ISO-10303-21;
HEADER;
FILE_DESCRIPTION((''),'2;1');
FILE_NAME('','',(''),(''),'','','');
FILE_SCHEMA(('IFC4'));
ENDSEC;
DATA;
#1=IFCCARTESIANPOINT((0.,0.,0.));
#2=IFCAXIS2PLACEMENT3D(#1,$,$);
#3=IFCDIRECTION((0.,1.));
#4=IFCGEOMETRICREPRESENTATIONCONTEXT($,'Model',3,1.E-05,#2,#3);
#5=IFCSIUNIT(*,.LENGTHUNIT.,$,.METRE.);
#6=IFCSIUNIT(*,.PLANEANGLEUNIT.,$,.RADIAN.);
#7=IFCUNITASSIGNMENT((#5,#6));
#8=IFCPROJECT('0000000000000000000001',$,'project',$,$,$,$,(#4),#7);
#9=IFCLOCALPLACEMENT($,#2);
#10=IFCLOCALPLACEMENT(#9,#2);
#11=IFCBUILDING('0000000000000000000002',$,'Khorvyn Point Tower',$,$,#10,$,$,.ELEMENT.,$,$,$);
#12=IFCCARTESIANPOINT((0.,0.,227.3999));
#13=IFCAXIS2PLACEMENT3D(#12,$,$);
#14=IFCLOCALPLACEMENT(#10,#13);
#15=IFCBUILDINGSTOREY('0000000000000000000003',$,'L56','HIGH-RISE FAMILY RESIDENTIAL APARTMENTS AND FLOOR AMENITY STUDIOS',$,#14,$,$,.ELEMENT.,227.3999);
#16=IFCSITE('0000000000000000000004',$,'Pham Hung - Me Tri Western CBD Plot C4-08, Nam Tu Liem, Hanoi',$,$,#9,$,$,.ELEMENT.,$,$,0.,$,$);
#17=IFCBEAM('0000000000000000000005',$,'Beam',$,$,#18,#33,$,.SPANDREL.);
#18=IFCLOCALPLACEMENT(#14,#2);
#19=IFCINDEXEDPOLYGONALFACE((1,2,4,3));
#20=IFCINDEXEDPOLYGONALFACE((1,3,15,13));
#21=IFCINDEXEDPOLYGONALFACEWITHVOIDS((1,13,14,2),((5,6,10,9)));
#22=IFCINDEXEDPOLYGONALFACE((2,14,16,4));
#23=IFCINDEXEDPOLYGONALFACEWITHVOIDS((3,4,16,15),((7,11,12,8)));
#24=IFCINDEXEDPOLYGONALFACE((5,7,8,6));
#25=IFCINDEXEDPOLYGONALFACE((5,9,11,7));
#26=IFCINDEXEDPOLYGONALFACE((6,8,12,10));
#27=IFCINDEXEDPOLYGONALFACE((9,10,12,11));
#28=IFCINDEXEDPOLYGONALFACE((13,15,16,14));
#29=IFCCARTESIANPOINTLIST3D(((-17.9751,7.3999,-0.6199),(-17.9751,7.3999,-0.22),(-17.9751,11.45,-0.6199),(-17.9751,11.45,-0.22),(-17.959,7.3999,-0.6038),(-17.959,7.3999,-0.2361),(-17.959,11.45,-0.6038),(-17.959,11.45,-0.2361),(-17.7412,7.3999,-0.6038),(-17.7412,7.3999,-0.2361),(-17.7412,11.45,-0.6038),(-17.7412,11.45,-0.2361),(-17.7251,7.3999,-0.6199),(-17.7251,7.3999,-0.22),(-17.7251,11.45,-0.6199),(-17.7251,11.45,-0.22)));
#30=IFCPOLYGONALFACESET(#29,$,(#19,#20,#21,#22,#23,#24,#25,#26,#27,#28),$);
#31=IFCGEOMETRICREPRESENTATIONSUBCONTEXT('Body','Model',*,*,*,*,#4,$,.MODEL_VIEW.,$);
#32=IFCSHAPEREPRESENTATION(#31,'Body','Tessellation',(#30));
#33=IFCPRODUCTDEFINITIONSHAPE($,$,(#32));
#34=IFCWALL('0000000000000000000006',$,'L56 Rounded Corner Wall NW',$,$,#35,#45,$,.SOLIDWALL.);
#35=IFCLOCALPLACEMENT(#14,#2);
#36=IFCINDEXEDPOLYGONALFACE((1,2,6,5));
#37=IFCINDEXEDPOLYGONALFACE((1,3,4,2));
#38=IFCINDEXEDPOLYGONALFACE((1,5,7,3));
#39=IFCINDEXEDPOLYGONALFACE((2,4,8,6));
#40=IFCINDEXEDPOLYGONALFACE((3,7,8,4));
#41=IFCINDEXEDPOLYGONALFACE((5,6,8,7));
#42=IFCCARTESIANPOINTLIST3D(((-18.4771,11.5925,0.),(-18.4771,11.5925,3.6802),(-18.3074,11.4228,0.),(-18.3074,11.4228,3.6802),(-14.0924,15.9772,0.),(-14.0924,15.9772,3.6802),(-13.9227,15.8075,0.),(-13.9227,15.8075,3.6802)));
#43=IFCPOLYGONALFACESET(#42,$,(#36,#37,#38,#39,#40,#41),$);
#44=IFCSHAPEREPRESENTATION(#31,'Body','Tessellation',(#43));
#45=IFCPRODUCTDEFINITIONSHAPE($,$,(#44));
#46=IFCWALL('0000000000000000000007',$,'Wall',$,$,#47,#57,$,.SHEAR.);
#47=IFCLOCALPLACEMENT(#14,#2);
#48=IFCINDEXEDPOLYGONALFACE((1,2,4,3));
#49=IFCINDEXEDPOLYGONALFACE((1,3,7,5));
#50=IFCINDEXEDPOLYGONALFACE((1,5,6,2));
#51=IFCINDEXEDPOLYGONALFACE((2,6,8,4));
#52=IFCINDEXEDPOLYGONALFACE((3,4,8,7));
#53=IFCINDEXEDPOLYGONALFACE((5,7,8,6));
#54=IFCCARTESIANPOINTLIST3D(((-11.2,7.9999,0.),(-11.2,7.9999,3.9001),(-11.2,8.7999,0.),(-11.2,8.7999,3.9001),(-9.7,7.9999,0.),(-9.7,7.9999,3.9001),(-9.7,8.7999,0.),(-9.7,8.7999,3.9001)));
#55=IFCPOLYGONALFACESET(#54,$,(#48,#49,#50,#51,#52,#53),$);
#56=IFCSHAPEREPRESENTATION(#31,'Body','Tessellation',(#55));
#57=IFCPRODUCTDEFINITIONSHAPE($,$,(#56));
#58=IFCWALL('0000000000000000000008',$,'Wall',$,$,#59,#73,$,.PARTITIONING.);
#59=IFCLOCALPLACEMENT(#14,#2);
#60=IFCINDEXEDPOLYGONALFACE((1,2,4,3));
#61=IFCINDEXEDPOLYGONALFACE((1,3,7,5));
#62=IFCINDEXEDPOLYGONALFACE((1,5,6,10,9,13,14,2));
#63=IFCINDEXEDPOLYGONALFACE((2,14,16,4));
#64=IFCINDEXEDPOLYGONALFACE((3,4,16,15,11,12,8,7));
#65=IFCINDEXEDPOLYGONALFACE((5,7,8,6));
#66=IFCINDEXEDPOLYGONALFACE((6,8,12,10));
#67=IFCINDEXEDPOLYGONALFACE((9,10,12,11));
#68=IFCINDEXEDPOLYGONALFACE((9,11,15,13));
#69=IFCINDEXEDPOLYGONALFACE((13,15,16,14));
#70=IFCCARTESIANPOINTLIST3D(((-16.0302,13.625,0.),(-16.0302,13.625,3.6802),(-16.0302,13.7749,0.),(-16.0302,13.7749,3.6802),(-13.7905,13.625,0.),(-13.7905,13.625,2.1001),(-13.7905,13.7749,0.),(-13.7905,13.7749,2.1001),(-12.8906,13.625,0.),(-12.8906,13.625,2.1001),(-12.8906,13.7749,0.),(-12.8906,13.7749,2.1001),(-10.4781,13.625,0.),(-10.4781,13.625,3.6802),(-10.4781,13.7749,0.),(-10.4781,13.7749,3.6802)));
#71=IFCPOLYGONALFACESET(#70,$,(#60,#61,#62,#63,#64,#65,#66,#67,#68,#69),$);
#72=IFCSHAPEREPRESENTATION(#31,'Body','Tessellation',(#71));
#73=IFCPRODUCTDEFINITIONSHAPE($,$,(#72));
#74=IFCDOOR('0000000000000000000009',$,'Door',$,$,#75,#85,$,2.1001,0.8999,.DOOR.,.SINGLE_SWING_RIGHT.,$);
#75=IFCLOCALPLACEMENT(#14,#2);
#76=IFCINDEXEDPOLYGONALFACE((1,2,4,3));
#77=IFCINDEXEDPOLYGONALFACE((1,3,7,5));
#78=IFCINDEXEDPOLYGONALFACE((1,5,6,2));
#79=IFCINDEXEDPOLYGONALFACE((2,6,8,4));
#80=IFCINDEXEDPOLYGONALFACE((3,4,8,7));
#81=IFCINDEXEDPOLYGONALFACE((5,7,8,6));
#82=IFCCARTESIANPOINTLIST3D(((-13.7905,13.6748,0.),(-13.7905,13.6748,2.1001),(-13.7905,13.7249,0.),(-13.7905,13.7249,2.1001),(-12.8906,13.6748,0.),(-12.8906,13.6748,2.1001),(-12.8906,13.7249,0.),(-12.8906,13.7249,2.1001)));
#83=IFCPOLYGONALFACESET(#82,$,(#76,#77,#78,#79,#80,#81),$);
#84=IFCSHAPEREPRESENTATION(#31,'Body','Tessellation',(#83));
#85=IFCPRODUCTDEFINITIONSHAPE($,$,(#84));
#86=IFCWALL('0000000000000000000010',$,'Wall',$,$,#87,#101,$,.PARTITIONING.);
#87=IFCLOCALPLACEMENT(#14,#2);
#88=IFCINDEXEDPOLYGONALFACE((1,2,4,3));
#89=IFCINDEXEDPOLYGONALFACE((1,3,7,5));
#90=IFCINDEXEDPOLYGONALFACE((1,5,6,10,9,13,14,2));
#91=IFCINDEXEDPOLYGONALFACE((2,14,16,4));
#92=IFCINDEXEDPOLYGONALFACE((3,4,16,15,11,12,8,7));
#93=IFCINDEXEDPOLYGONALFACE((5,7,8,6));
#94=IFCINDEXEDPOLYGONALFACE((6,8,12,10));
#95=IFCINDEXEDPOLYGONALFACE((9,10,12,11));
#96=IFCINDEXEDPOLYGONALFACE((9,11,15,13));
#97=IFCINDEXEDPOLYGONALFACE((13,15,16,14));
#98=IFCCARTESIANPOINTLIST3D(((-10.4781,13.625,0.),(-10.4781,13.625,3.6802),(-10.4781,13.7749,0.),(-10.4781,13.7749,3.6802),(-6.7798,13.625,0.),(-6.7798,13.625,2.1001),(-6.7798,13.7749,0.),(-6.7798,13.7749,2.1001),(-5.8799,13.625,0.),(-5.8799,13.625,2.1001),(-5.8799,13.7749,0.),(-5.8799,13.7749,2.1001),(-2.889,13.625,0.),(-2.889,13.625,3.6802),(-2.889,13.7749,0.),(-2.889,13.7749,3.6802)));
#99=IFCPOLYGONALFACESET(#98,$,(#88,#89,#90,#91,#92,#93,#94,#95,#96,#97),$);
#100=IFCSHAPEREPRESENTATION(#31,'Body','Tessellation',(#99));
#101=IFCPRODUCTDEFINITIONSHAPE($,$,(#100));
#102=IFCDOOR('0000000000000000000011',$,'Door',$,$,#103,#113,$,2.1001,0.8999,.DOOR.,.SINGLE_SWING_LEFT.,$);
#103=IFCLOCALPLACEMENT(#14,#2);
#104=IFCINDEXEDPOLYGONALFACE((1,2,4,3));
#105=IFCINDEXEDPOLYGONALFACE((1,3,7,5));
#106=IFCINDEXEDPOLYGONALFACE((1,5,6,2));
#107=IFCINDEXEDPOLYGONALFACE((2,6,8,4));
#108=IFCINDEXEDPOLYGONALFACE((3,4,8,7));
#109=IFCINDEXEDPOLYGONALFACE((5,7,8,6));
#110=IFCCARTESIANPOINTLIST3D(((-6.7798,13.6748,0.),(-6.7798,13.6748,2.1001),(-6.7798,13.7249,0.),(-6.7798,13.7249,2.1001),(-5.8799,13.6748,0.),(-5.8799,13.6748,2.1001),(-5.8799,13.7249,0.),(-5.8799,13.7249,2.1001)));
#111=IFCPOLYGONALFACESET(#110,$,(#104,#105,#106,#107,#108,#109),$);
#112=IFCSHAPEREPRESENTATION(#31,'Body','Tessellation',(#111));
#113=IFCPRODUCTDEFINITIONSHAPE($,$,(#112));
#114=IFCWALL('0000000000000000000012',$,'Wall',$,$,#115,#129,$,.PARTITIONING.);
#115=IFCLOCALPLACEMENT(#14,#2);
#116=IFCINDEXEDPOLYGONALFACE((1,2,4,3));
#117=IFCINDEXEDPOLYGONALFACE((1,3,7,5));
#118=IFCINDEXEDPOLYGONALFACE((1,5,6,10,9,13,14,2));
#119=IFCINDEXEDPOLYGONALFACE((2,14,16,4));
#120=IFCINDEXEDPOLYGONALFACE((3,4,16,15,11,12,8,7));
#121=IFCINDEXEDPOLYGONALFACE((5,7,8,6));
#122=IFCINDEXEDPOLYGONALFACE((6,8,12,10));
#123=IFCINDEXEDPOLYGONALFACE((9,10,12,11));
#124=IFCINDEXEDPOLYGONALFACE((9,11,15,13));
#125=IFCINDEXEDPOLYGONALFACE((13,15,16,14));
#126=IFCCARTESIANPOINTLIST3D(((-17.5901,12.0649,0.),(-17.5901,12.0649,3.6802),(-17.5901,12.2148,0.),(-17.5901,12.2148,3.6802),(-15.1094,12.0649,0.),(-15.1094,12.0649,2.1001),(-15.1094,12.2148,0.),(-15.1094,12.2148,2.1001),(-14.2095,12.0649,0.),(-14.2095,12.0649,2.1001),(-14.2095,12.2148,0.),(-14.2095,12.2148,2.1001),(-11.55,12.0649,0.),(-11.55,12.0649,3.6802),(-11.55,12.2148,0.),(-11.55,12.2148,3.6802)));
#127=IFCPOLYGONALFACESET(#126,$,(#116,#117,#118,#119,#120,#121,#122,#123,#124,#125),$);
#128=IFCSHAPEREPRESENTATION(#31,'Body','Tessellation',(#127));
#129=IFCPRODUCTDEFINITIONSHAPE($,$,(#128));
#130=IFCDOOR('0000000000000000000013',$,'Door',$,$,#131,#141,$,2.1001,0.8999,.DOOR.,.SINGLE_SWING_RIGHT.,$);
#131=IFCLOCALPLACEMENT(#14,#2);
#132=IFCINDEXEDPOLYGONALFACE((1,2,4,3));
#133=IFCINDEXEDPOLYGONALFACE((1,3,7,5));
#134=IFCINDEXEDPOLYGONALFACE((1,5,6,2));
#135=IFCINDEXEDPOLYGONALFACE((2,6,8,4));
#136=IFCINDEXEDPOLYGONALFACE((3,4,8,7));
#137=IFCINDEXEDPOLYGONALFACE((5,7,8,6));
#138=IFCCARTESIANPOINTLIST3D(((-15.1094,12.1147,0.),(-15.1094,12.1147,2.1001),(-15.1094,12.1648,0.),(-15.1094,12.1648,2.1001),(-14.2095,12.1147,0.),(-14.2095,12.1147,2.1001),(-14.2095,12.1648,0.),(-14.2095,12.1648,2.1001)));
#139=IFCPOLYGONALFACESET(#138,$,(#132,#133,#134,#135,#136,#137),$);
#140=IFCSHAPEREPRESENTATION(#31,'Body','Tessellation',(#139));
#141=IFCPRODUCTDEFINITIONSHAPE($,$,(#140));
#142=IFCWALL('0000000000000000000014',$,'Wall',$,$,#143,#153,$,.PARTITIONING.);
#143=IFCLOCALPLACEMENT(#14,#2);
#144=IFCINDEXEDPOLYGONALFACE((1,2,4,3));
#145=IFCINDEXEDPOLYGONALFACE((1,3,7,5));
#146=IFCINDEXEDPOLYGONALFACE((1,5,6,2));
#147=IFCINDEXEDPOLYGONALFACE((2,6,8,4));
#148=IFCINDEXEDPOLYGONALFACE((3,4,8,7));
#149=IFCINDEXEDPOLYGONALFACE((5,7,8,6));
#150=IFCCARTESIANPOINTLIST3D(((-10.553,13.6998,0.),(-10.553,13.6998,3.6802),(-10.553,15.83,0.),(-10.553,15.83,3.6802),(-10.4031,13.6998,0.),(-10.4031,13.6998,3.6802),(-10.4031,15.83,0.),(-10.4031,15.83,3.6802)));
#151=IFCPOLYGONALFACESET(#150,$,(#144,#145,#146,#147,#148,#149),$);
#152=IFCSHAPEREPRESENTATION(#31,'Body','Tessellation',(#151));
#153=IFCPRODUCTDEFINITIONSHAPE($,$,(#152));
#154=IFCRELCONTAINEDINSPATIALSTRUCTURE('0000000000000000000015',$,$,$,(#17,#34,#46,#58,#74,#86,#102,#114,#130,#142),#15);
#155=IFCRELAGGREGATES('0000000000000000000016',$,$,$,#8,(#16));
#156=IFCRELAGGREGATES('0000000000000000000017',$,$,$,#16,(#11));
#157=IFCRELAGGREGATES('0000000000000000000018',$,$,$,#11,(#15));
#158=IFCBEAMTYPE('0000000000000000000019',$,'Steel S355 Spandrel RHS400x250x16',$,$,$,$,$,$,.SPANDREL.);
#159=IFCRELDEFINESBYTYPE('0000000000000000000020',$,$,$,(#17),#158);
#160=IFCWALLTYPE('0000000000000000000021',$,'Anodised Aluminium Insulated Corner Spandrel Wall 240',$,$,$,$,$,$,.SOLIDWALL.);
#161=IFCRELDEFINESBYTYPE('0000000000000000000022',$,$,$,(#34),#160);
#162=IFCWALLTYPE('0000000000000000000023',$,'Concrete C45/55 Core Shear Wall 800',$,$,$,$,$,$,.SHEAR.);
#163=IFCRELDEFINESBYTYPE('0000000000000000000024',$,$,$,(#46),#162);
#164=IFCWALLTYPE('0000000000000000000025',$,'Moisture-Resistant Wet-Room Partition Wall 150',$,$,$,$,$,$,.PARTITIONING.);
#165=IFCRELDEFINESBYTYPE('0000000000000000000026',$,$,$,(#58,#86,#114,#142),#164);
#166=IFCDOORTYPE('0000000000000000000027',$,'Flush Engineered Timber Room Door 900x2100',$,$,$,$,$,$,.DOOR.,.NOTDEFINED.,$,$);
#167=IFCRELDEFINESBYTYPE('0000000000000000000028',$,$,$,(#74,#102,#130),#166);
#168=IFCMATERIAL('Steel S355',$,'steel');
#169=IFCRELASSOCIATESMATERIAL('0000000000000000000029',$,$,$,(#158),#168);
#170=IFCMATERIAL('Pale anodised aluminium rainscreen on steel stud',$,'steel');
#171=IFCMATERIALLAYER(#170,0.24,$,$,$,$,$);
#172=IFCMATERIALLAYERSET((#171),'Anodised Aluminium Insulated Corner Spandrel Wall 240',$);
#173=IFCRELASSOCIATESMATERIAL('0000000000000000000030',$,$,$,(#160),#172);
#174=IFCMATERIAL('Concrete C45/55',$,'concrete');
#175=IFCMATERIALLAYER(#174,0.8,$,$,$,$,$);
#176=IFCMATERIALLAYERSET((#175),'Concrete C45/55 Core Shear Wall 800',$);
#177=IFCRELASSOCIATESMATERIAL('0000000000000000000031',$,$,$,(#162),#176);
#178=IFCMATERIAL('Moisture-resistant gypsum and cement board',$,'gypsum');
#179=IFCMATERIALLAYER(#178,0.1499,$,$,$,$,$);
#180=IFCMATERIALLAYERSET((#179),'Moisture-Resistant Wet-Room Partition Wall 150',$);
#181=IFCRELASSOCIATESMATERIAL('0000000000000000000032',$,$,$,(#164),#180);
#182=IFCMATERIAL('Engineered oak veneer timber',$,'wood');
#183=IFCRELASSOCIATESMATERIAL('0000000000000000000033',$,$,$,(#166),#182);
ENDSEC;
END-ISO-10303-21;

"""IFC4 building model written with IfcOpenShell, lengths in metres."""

from ifc_helpers import new_model, si_unit, direction, frame, frame_2d, origin, origin_2d, place, context, subcontext, project, spatial, rectangle, hollow_rectangle, extrude, material, layer, layer_set, material_profile, profile_set, type_object, element, fill, save


model = new_model("IFC4")

# Units and contexts
model_context = context("Model", 3, precision=1e-05, world=origin(), true_north=direction((0.0, 1.0)))
body_context = subcontext(model_context, "Body", "Model", "MODEL_VIEW")
ifc_project = project(units=[si_unit("LENGTHUNIT", "METRE"), si_unit("PLANEANGLEUNIT", "RADIAN")], contexts=[model_context])

# Site, building, storey
site_placement = place(None, origin())
site = spatial("IfcSite", under=ifc_project, at=site_placement, Name="Pham Hung - Me Tri Western CBD Plot C4-08, Nam Tu Liem, Hanoi", CompositionType="ELEMENT", RefElevation=0.0)
building_placement = place(site_placement, origin())
building = spatial("IfcBuilding", under=site, at=building_placement, Name="Khorvyn Point Tower", CompositionType="ELEMENT")
storey_placement = place(building_placement, frame((0.0, 0.0, 227.3999)))
storey = spatial("IfcBuildingStorey", under=building, at=storey_placement, Name="L56", Description="HIGH-RISE FAMILY RESIDENTIAL APARTMENTS AND FLOOR AMENITY STUDIOS", CompositionType="ELEMENT", Elevation=227.3999)

# Shared definitions
ifc_material_1 = material(Name="Concrete C45/55", Category="concrete")

# Beam
ifc_material_2 = material(Name="Steel S355", Category="steel")
ifc_material_profile_1 = material_profile(ifc_material_2, hollow_rectangle(XDim=0.25, YDim=0.3999, WallThickness=0.0161, at=origin_2d()))
ifc_profile_set_1 = profile_set([ifc_material_profile_1], Name="Steel S355 RHS400x250x16")
beam_type_1 = type_object("IfcBeamType", Name="Steel S355 Spandrel RHS400x250x16", PredefinedType="SPANDREL", material=ifc_profile_set_1)
beam_1_placement = place(storey_placement, frame((-17.8501, 7.3999, -0.4199), z_axis=(0.0, 1.0, 0.0), x_axis=(-1.0, 0.0, 0.0)))
element("IfcBeam", 1, at=beam_1_placement, inside=storey, type_object=beam_type_1, Name="Beam", PredefinedType="SPANDREL", context=body_context, shape_type="SweptSolid", body=[
    extrude(hollow_rectangle(XDim=0.25, YDim=0.3999, WallThickness=0.0161, at=origin_2d()), origin(), (0.0, 0.0, 1.0), 4.05),
])

# Walls
ifc_material_3 = material(Name="Pale anodised aluminium rainscreen on steel stud", Category="steel")
ifc_layer_1 = layer(ifc_material_3, 0.24)
ifc_layer_set_1 = layer_set([ifc_layer_1], Name="Anodised Aluminium Insulated Corner Spandrel Wall 240")
wall_type_1 = type_object("IfcWallType", Name="Anodised Aluminium Insulated Corner Spandrel Wall 240", PredefinedType="SOLIDWALL", material=ifc_layer_set_1)
wall_1_placement = place(storey_placement, frame((-18.3923, 11.5076, 0.0), z_axis=(0.0, 0.0, 1.0), x_axis=(0.707107, 0.707107, 0.0)))
element("IfcWall", 2, at=wall_1_placement, inside=storey, type_object=wall_type_1, Name="L56 Rounded Corner Wall NW", PredefinedType="SOLIDWALL", context=body_context, shape_type="SweptSolid", body=[
    extrude(rectangle(XDim=6.2009, YDim=0.24, at=frame_2d((3.1006, 0.0))), origin(), (0.0, 0.0, 1.0), 3.6802),
])
ifc_layer_2 = layer(ifc_material_1, 0.8)
ifc_layer_set_2 = layer_set([ifc_layer_2], Name="Concrete C45/55 Core Shear Wall 800")
wall_type_2 = type_object("IfcWallType", Name="Concrete C45/55 Core Shear Wall 800", PredefinedType="SHEAR", material=ifc_layer_set_2)
wall_2_placement = place(storey_placement, frame((-11.2, 8.3999, 0.0), z_axis=(0.0, 0.0, 1.0), x_axis=(1.0, 0.0, 0.0)))
element("IfcWall", 3, at=wall_2_placement, inside=storey, type_object=wall_type_2, Name="Wall", PredefinedType="SHEAR", context=body_context, shape_type="SweptSolid", body=[
    extrude(rectangle(XDim=1.5, YDim=0.8, at=frame_2d((0.75, 0.0))), origin(), (0.0, 0.0, 1.0), 3.9001),
])

# Walls, openings, doors
ifc_material_4 = material(Name="Moisture-resistant gypsum and cement board", Category="gypsum")
ifc_layer_3 = layer(ifc_material_4, 0.1499)
ifc_layer_set_3 = layer_set([ifc_layer_3], Name="Moisture-Resistant Wet-Room Partition Wall 150")
wall_type_3 = type_object("IfcWallType", Name="Moisture-Resistant Wet-Room Partition Wall 150", PredefinedType="PARTITIONING", material=ifc_layer_set_3)
wall_3_placement = place(storey_placement, frame((-16.03, 13.7, 0.0), z_axis=(0.0, 0.0, 1.0), x_axis=(1.0, 0.0, 0.0)))
wall_3 = element("IfcWall", 4, at=wall_3_placement, inside=storey, type_object=wall_type_3, Name="Wall", PredefinedType="PARTITIONING", context=body_context, shape_type="SweptSolid", body=[
    extrude(rectangle(XDim=5.552, YDim=0.1499, at=frame_2d((2.7759, 0.0))), origin(), (0.0, 0.0, 1.0), 3.6802),
])
opening_1_placement = place(wall_3_placement, frame((2.2395, 0.0, 0.0)))
opening_1 = element("IfcOpeningElement", 5, at=opening_1_placement, cuts=wall_3, PredefinedType="OPENING", context=body_context, shape_type="SweptSolid", body=[
    extrude(rectangle(XDim=0.8999, YDim=2.1001, at=frame_2d((0.45, 1.05))), frame((0.0, 0.085, 0.0), z_axis=(0.0, -1.0, 0.0), x_axis=(1.0, 0.0, 0.0)), (0.0, 0.0, 1.0), 0.1699),
])
ifc_material_5 = material(Name="Engineered oak veneer timber", Category="wood")
door_type = type_object("IfcDoorType", Name="Flush Engineered Timber Room Door 900x2100", OperationType="NOTDEFINED", PredefinedType="DOOR", material=ifc_material_5)
door_1_placement = place(opening_1_placement, origin())
door_1 = element("IfcDoor", 6, at=door_1_placement, inside=storey, type_object=door_type, Name="Door", OperationType="SINGLE_SWING_RIGHT", OverallHeight=2.1001, OverallWidth=0.8999, PredefinedType="DOOR", context=body_context, shape_type="SweptSolid", body=[
    extrude(rectangle(XDim=0.8999, YDim=2.1001, at=frame_2d((0.45, 1.05))), frame((0.0, 0.0249, 0.0), z_axis=(0.0, -1.0, 0.0), x_axis=(1.0, 0.0, 0.0)), (0.0, 0.0, 1.0), 0.05),
])
fill(opening_1, door_1)
wall_4_placement = place(storey_placement, frame((-10.478, 13.7, 0.0), z_axis=(0.0, 0.0, 1.0), x_axis=(1.0, 0.0, 0.0)))
wall_4 = element("IfcWall", 7, at=wall_4_placement, inside=storey, type_object=wall_type_3, Name="Wall", PredefinedType="PARTITIONING", context=body_context, shape_type="SweptSolid", body=[
    extrude(rectangle(XDim=7.5891, YDim=0.1499, at=frame_2d((3.7944, 0.0))), origin(), (0.0, 0.0, 1.0), 3.6802),
])
opening_2_placement = place(wall_4_placement, frame((3.6982, 0.0, 0.0)))
opening_2 = element("IfcOpeningElement", 8, at=opening_2_placement, cuts=wall_4, PredefinedType="OPENING", context=body_context, shape_type="SweptSolid", body=[
    extrude(rectangle(XDim=0.8999, YDim=2.1001, at=frame_2d((0.45, 1.05))), frame((0.0, 0.085, 0.0), z_axis=(0.0, -1.0, 0.0), x_axis=(1.0, 0.0, 0.0)), (0.0, 0.0, 1.0), 0.1699),
])
door_2_placement = place(opening_2_placement, origin())
door_2 = element("IfcDoor", 9, at=door_2_placement, inside=storey, type_object=door_type, Name="Door", OperationType="SINGLE_SWING_LEFT", OverallHeight=2.1001, OverallWidth=0.8999, PredefinedType="DOOR", context=body_context, shape_type="SweptSolid", body=[
    extrude(rectangle(XDim=0.8999, YDim=2.1001, at=frame_2d((0.45, 1.05))), frame((0.0, 0.0249, 0.0), z_axis=(0.0, -1.0, 0.0), x_axis=(1.0, 0.0, 0.0)), (0.0, 0.0, 1.0), 0.05),
])
fill(opening_2, door_2)
wall_5_placement = place(storey_placement, frame((-17.5901, 12.1399, 0.0), z_axis=(0.0, 0.0, 1.0), x_axis=(1.0, 0.0, 0.0)))
wall_5 = element("IfcWall", 10, at=wall_5_placement, inside=storey, type_object=wall_type_3, Name="Wall", PredefinedType="PARTITIONING", context=body_context, shape_type="SweptSolid", body=[
    extrude(rectangle(XDim=6.04, YDim=0.1499, at=frame_2d((3.02, 0.0))), origin(), (0.0, 0.0, 1.0), 3.6802),
])
opening_3_placement = place(wall_5_placement, frame((2.4807, 0.0, 0.0)))
opening_3 = element("IfcOpeningElement", 11, at=opening_3_placement, cuts=wall_5, PredefinedType="OPENING", context=body_context, shape_type="SweptSolid", body=[
    extrude(rectangle(XDim=0.8999, YDim=2.1001, at=frame_2d((0.45, 1.05))), frame((0.0, 0.085, 0.0), z_axis=(0.0, -1.0, 0.0), x_axis=(1.0, 0.0, 0.0)), (0.0, 0.0, 1.0), 0.1699),
])
door_3_placement = place(opening_3_placement, origin())
door_3 = element("IfcDoor", 12, at=door_3_placement, inside=storey, type_object=door_type, Name="Door", OperationType="SINGLE_SWING_RIGHT", OverallHeight=2.1001, OverallWidth=0.8999, PredefinedType="DOOR", context=body_context, shape_type="SweptSolid", body=[
    extrude(rectangle(XDim=0.8999, YDim=2.1001, at=frame_2d((0.45, 1.05))), frame((0.0, 0.0249, 0.0), z_axis=(0.0, -1.0, 0.0), x_axis=(1.0, 0.0, 0.0)), (0.0, 0.0, 1.0), 0.05),
])
fill(opening_3, door_3)

# Wall
wall_6_placement = place(storey_placement, frame((-10.478, 13.7, 0.0), z_axis=(0.0, 0.0, 1.0), x_axis=(0.0, 1.0, 0.0)))
element("IfcWall", 13, at=wall_6_placement, inside=storey, type_object=wall_type_3, Name="Wall", PredefinedType="PARTITIONING", context=body_context, shape_type="SweptSolid", body=[
    extrude(rectangle(XDim=2.1301, YDim=0.1499, at=frame_2d((1.0649, 0.0))), origin(), (0.0, 0.0, 1.0), 3.6802),
])

save(model, "model.ifc")
